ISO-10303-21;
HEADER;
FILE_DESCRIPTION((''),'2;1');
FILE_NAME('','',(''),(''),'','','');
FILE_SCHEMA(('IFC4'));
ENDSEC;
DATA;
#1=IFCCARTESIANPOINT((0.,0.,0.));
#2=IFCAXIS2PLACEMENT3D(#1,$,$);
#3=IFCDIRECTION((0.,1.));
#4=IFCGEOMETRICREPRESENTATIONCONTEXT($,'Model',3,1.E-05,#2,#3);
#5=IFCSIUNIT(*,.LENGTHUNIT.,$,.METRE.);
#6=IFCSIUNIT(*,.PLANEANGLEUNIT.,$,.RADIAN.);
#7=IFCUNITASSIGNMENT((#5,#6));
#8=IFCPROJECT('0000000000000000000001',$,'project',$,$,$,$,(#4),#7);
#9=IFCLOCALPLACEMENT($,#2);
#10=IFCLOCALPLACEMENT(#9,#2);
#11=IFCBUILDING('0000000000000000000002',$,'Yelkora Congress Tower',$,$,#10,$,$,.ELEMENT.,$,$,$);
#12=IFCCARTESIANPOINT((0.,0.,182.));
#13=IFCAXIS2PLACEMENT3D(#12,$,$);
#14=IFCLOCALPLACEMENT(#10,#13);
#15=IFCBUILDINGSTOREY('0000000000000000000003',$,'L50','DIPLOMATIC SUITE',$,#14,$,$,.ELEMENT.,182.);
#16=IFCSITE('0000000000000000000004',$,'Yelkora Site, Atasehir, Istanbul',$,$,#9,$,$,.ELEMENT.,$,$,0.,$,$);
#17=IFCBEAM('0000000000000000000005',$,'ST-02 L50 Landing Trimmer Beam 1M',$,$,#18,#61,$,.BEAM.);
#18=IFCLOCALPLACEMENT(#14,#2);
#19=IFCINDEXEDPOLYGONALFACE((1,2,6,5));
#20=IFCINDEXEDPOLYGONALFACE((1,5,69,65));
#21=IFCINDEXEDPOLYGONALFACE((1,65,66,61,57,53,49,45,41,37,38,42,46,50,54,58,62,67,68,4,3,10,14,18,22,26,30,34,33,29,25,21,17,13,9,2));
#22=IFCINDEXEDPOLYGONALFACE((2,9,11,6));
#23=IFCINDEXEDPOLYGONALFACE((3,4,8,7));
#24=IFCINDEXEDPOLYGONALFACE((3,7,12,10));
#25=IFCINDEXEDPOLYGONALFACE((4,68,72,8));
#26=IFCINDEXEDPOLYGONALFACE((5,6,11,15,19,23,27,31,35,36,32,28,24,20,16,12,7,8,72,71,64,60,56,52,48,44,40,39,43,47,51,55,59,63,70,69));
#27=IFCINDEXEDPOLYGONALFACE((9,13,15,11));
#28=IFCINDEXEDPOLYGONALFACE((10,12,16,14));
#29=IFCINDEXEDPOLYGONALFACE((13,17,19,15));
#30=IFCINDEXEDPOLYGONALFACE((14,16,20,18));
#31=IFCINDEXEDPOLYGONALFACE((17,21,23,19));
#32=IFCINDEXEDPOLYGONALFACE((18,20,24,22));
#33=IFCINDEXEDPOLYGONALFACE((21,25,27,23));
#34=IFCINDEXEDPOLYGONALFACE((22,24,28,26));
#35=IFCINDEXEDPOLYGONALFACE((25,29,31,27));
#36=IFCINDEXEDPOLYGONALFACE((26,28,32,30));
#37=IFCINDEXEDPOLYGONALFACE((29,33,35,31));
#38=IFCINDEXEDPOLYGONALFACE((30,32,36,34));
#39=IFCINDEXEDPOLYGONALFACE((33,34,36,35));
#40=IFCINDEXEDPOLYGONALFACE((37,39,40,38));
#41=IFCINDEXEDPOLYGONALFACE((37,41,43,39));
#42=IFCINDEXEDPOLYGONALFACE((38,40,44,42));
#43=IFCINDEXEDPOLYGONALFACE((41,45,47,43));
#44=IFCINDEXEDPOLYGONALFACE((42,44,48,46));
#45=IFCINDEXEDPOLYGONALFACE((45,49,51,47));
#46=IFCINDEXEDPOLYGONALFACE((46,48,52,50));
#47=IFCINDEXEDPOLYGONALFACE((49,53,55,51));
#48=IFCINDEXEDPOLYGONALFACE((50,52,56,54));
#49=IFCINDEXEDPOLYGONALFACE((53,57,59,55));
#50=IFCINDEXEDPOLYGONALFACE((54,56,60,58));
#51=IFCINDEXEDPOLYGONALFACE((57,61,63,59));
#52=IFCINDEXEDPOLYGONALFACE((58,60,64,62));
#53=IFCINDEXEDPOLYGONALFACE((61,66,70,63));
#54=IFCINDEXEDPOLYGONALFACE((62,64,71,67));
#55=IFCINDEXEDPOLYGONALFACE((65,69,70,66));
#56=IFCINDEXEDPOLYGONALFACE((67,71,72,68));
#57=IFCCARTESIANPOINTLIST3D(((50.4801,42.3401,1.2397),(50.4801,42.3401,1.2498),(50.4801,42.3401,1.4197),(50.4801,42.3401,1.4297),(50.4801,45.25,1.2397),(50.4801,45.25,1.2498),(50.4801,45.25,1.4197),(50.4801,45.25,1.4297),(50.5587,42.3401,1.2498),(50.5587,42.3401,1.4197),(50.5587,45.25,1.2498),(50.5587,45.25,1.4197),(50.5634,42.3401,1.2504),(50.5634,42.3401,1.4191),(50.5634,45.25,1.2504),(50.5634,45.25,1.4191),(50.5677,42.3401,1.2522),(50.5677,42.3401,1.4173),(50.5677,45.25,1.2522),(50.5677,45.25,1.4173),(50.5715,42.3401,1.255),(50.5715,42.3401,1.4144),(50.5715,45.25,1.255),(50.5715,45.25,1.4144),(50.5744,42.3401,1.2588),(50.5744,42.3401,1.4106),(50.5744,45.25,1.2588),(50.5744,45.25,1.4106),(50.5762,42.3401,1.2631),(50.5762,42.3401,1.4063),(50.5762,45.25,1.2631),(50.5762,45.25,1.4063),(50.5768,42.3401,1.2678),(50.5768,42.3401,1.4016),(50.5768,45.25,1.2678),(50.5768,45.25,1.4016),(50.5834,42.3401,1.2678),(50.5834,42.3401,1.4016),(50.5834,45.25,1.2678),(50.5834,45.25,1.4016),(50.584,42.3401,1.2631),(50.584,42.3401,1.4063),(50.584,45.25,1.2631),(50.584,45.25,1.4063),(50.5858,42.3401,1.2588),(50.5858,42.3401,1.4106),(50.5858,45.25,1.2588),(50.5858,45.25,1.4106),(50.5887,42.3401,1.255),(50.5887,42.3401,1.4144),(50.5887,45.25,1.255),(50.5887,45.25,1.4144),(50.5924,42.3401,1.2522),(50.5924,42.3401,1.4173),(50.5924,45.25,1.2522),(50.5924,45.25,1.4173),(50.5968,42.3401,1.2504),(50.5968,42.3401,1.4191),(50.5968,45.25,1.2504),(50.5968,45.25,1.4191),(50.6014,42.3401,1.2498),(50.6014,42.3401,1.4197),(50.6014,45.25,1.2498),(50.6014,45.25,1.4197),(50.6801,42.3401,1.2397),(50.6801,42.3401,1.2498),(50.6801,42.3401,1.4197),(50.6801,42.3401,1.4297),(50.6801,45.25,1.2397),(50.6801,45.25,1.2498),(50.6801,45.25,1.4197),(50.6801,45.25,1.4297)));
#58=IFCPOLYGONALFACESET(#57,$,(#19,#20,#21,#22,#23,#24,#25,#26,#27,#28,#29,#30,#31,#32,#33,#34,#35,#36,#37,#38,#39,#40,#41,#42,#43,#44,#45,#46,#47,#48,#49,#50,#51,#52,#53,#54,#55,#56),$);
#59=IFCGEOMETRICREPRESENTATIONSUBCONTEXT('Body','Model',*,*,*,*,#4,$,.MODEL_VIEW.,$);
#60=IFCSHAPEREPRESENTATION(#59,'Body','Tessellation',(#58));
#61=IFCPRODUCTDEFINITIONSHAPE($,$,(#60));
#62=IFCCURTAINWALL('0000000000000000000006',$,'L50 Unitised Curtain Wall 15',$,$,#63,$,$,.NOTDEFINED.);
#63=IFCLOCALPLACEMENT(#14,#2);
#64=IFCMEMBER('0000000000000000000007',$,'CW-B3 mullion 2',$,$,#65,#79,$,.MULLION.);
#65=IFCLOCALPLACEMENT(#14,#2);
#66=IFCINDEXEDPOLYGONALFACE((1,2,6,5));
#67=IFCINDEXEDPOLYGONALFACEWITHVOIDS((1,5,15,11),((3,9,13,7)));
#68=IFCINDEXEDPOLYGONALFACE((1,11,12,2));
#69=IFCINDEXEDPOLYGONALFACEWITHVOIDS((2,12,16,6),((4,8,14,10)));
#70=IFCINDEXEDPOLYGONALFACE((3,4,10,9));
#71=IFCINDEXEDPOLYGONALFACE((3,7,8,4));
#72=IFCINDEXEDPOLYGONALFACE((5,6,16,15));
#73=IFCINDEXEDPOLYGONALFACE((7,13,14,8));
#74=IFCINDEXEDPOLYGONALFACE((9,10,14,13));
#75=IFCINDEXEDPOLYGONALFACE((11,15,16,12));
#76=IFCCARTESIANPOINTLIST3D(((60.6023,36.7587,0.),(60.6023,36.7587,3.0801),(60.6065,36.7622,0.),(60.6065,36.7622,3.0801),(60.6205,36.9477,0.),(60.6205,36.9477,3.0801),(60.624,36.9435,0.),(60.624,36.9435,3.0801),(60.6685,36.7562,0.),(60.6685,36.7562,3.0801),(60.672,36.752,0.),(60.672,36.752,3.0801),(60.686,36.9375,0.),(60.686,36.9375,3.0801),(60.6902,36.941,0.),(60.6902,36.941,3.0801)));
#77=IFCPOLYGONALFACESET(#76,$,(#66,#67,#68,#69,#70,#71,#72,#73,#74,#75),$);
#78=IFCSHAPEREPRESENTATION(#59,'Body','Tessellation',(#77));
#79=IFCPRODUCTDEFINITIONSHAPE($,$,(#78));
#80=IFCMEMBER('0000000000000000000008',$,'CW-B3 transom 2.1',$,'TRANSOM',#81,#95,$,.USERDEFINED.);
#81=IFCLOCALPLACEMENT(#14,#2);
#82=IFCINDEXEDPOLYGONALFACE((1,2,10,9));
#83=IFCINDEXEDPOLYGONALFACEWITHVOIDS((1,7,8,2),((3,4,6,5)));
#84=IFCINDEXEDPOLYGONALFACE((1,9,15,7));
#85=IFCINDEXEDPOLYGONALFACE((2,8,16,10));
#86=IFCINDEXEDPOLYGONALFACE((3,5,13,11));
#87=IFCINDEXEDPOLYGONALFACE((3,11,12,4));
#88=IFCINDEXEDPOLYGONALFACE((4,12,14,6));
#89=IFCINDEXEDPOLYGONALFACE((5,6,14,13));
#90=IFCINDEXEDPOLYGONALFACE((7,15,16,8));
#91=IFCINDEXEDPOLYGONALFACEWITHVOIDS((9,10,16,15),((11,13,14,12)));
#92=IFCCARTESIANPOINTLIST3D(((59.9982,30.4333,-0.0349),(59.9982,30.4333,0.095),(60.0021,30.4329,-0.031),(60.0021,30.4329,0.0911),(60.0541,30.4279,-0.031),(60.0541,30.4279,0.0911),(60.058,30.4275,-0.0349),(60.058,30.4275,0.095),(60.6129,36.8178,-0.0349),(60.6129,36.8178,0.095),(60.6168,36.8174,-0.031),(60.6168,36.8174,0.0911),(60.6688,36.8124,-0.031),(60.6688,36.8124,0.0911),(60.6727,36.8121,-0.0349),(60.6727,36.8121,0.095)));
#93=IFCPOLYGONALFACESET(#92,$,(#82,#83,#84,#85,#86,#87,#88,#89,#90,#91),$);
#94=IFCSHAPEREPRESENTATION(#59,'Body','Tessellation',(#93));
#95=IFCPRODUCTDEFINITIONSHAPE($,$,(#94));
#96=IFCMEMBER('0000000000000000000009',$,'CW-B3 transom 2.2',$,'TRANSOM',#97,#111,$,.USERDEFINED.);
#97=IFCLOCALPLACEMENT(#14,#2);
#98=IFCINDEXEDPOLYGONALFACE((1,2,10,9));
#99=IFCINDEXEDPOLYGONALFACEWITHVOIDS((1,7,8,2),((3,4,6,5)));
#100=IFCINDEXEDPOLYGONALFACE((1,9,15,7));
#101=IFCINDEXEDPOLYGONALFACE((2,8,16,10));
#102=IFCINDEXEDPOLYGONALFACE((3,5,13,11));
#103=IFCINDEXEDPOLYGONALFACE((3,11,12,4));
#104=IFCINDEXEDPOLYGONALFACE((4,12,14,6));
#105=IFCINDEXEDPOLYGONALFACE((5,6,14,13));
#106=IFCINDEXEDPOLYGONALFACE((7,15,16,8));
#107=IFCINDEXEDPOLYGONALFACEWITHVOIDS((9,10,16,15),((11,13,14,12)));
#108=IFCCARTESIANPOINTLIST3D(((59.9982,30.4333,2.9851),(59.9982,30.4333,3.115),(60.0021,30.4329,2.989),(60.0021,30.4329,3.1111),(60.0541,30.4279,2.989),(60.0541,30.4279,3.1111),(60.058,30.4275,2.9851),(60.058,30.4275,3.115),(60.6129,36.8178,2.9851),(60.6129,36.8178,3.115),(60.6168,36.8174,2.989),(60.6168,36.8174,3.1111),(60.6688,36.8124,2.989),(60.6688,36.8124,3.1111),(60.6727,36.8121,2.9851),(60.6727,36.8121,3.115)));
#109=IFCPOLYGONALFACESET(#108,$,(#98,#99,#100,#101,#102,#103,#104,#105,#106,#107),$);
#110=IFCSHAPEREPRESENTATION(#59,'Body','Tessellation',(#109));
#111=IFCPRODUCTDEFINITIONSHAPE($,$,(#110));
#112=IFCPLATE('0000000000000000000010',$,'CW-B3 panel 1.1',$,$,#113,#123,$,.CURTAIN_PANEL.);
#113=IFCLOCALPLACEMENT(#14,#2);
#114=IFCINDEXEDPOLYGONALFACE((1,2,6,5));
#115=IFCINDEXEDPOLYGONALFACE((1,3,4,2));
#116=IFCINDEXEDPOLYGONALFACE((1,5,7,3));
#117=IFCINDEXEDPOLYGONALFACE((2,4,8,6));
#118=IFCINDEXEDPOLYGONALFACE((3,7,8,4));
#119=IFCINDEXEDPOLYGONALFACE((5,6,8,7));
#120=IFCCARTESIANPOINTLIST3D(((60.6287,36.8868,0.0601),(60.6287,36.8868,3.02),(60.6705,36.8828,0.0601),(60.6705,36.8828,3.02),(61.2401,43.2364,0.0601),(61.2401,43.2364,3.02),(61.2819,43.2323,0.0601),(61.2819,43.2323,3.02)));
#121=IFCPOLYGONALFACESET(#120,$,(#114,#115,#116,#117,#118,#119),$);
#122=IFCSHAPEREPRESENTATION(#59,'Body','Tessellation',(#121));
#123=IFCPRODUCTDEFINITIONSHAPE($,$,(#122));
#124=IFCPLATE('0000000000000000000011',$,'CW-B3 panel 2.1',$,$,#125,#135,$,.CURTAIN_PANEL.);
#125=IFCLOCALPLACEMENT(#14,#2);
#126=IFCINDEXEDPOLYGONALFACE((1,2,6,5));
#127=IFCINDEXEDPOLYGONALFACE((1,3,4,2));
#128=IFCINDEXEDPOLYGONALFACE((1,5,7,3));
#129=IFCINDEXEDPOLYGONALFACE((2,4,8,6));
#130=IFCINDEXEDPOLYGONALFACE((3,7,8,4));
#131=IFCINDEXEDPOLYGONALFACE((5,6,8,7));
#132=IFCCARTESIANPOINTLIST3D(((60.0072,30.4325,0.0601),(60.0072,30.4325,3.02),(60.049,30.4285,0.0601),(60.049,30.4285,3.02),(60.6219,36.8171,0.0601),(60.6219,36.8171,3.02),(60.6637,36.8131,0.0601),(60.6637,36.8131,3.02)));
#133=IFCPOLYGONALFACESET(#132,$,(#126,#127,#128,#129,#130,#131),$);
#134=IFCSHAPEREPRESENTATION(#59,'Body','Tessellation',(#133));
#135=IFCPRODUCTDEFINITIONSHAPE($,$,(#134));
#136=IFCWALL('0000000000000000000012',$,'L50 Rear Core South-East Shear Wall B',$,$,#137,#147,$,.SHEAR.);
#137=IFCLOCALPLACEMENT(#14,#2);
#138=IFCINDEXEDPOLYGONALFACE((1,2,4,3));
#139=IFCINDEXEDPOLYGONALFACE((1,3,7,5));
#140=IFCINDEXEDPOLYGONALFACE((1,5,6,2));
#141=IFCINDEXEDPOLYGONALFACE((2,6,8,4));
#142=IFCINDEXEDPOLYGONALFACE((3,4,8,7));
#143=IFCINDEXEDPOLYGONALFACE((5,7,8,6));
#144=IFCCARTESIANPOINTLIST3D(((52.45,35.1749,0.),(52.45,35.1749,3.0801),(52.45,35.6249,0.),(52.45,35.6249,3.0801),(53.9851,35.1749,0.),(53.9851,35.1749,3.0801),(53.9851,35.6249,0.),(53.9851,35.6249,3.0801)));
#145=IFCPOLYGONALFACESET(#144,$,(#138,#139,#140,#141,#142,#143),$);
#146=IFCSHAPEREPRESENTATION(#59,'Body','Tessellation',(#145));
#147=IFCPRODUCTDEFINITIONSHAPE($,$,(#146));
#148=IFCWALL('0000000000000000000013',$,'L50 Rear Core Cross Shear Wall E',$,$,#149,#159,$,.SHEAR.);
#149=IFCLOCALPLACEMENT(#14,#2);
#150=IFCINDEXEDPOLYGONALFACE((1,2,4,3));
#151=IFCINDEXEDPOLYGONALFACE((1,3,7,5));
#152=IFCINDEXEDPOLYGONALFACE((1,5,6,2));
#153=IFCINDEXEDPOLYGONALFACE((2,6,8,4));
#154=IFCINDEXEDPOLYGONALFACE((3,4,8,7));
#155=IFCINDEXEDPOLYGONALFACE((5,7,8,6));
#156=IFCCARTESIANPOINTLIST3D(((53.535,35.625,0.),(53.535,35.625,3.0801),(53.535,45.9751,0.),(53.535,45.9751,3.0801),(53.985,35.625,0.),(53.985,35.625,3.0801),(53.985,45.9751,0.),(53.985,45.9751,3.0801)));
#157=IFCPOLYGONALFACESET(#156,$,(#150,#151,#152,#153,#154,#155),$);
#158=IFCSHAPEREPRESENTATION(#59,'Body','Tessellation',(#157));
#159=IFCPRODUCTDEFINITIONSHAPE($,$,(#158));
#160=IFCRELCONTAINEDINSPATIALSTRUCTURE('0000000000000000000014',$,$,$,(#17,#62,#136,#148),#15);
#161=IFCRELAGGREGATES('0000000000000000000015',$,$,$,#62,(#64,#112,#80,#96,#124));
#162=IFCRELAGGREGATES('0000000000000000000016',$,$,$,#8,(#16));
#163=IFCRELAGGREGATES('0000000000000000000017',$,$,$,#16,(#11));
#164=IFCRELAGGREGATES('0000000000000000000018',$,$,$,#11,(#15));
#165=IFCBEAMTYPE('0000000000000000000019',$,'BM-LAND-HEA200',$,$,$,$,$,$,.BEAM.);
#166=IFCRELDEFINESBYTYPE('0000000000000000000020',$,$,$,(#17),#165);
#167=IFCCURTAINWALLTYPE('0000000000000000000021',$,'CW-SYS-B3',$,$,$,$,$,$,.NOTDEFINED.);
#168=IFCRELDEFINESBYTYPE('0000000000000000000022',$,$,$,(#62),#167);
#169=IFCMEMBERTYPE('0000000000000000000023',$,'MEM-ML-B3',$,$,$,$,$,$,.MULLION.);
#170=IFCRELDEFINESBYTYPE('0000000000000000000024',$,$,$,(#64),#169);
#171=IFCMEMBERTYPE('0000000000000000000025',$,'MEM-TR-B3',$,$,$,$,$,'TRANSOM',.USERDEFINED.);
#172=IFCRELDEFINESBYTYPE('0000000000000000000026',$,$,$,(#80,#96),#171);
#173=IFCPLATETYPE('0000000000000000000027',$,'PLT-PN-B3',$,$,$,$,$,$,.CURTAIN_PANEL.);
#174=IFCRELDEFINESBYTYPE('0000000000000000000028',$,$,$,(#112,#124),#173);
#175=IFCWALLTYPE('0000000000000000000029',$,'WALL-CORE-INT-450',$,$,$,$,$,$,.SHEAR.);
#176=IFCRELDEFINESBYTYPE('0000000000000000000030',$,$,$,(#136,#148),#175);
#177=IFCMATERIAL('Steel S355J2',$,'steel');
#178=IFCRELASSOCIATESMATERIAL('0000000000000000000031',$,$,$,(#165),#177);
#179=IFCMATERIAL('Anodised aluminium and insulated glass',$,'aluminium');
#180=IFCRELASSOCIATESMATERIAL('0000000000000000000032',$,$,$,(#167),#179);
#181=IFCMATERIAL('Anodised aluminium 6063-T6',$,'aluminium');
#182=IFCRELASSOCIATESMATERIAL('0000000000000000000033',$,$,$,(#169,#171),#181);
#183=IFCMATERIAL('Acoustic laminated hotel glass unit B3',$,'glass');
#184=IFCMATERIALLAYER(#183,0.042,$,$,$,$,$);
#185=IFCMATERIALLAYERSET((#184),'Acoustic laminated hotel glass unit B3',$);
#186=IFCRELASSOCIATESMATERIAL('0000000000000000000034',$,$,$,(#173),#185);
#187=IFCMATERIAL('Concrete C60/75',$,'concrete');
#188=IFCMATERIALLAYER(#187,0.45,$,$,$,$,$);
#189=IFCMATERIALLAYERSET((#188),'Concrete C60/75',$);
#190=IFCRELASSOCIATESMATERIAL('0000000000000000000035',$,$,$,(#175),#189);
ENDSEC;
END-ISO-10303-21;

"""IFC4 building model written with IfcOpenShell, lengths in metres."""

from ifc_helpers import new_model, si_unit, direction, frame, frame_2d, origin, origin_2d, place, context, subcontext, project, spatial, rectangle, hollow_rectangle, i_section, extrude, material, layer, layer_set, material_profile, profile_set, type_object, element, aggregate, save


model = new_model("IFC4")

# Units and contexts
model_context = context("Model", 3, precision=1e-05, world=origin(), true_north=direction((0.0, 1.0)))
body_context = subcontext(model_context, "Body", "Model", "MODEL_VIEW")
ifc_project = project(units=[si_unit("LENGTHUNIT", "METRE"), si_unit("PLANEANGLEUNIT", "RADIAN")], contexts=[model_context])

# Site, building, storey
site_placement = place(None, origin())
site = spatial("IfcSite", under=ifc_project, at=site_placement, Name="Yelkora Site, Atasehir, Istanbul", CompositionType="ELEMENT", RefElevation=0.0)
building_placement = place(site_placement, origin())
building = spatial("IfcBuilding", under=site, at=building_placement, Name="Yelkora Congress Tower", CompositionType="ELEMENT")
storey_placement = place(building_placement, frame((0.0, 0.0, 182.0)))
storey = spatial("IfcBuildingStorey", under=building, at=storey_placement, Name="L50", Description="DIPLOMATIC SUITE", CompositionType="ELEMENT", Elevation=182.0)

# Beam
ifc_material_1 = material(Name="Steel S355J2", Category="steel")
ifc_material_profile_1 = material_profile(ifc_material_1, i_section(OverallWidth=0.2, OverallDepth=0.1899, WebThickness=0.0066, FlangeThickness=0.01, FilletRadius=0.0181, at=origin_2d()), Name="HEA 200")
ifc_profile_set_1 = profile_set([ifc_material_profile_1], Name="Steel S355J2")
beam_type_1 = type_object("IfcBeamType", Name="BM-LAND-HEA200", PredefinedType="BEAM", material=ifc_profile_set_1)
beam_1_placement = place(storey_placement, frame((50.5801, 42.3401, 1.3347), z_axis=(0.0, 1.0, 0.0), x_axis=(-1.0, 0.0, 0.0)))
element("IfcBeam", 1, at=beam_1_placement, inside=storey, type_object=beam_type_1, Name="ST-02 L50 Landing Trimmer Beam 1M", PredefinedType="BEAM", context=body_context, shape_type="SweptSolid", body=[
    extrude(i_section(OverallWidth=0.2, OverallDepth=0.1899, WebThickness=0.0066, FlangeThickness=0.01, FilletRadius=0.0181, at=origin_2d()), origin(), (0.0, 0.0, 1.0), 2.9099),
])

# Curtain wall, members, plates
ifc_material_2 = material(Name="Anodised aluminium and insulated glass", Category="aluminium")
curtain_wall_type = type_object("IfcCurtainWallType", Name="CW-SYS-B3", PredefinedType="NOTDEFINED", material=ifc_material_2)
curtain_wall_placement = place(storey_placement, origin())
curtain_wall = element("IfcCurtainWall", 2, at=curtain_wall_placement, inside=storey, type_object=curtain_wall_type, Name="L50 Unitised Curtain Wall 15", PredefinedType="NOTDEFINED")
ifc_material_3 = material(Name="Anodised aluminium 6063-T6", Category="aluminium")
ifc_material_profile_2 = material_profile(ifc_material_3, hollow_rectangle(XDim=0.0701, YDim=0.1899, WallThickness=0.0039, at=origin_2d()), Name="ALU 70x190x4")
ifc_profile_set_2 = profile_set([ifc_material_profile_2], Name="Anodised aluminium 6063-T6")
member_type_1 = type_object("IfcMemberType", Name="MEM-ML-B3", PredefinedType="MULLION", material=ifc_profile_set_2)
member_1_placement = place(storey_placement, frame((60.6462, 36.8499, 0.0), z_axis=(0.0, 0.0, 1.0), x_axis=(0.995397, -0.095842, 0.0)))
member_1 = element("IfcMember", 3, at=member_1_placement, type_object=member_type_1, Name="CW-B3 mullion 2", PredefinedType="MULLION", context=body_context, shape_type="SweptSolid", body=[
    extrude(hollow_rectangle(XDim=0.0701, YDim=0.1899, WallThickness=0.0039, at=origin_2d()), origin(), (0.0, 0.0, 1.0), 3.0801),
])
ifc_material_profile_3 = material_profile(ifc_material_3, hollow_rectangle(XDim=0.0601, YDim=0.1299, WallThickness=0.0039, at=origin_2d()), Name="ALU 60x130x4")
ifc_profile_set_3 = profile_set([ifc_material_profile_3], Name="Anodised aluminium 6063-T6")
member_type_2 = type_object("IfcMemberType", Name="MEM-TR-B3", ElementType="TRANSOM", PredefinedType="USERDEFINED", material=ifc_profile_set_3)
member_2_placement = place(storey_placement, frame((60.6428, 36.8149, 0.03), z_axis=(-0.095844, -0.995396, 0.0), x_axis=(0.995396, -0.095844, 0.0)))
member_2 = element("IfcMember", 4, at=member_2_placement, type_object=member_type_2, Name="CW-B3 transom 2.1", ObjectType="TRANSOM", PredefinedType="USERDEFINED", context=body_context, shape_type="SweptSolid", body=[
    extrude(hollow_rectangle(XDim=0.0601, YDim=0.1299, WallThickness=0.0039, at=origin_2d()), origin(), (0.0, 0.0, 1.0), 6.4141),
])
member_3_placement = place(storey_placement, frame((60.6428, 36.8149, 3.05), z_axis=(-0.095844, -0.995396, 0.0), x_axis=(0.995396, -0.095844, 0.0)))
member_3 = element("IfcMember", 5, at=member_3_placement, type_object=member_type_2, Name="CW-B3 transom 2.2", ObjectType="TRANSOM", PredefinedType="USERDEFINED", context=body_context, shape_type="SweptSolid", body=[
    extrude(hollow_rectangle(XDim=0.0601, YDim=0.1299, WallThickness=0.0039, at=origin_2d()), origin(), (0.0, 0.0, 1.0), 6.4141),
])
ifc_material_4 = material(Name="Acoustic laminated hotel glass unit B3", Category="glass")
ifc_layer_1 = layer(ifc_material_4, 0.042)
ifc_layer_set_1 = layer_set([ifc_layer_1], Name="Acoustic laminated hotel glass unit B3")
plate_type = type_object("IfcPlateType", Name="PLT-PN-B3", PredefinedType="CURTAIN_PANEL", material=ifc_layer_set_1)
plate_1_placement = place(storey_placement, frame((60.9553, 40.0596, 0.0601), z_axis=(0.0, 0.0, 1.0), x_axis=(-0.095842, -0.995397, 0.0)))
plate_1 = element("IfcPlate", 6, at=plate_1_placement, type_object=plate_type, Name="CW-B3 panel 1.1", PredefinedType="CURTAIN_PANEL", context=body_context, shape_type="SweptSolid", body=[
    extrude(rectangle(XDim=6.3789, YDim=0.042, at=origin_2d()), origin(), (0.0, 0.0, 1.0), 2.96),
])
plate_2_placement = place(storey_placement, frame((60.3354, 33.6228, 0.0601), z_axis=(0.0, 0.0, 1.0), x_axis=(-0.095842, -0.995397, 0.0)))
plate_2 = element("IfcPlate", 7, at=plate_2_placement, type_object=plate_type, Name="CW-B3 panel 2.1", PredefinedType="CURTAIN_PANEL", context=body_context, shape_type="SweptSolid", body=[
    extrude(rectangle(XDim=6.4141, YDim=0.042, at=origin_2d()), origin(), (0.0, 0.0, 1.0), 2.96),
])
aggregate(curtain_wall, [member_1, plate_1, member_2, member_3, plate_2])

# Walls
ifc_material_5 = material(Name="Concrete C60/75", Category="concrete")
ifc_layer_2 = layer(ifc_material_5, 0.45)
ifc_layer_set_2 = layer_set([ifc_layer_2], Name="Concrete C60/75")
wall_type = type_object("IfcWallType", Name="WALL-CORE-INT-450", PredefinedType="SHEAR", material=ifc_layer_set_2)
wall_1_placement = place(storey_placement, frame((52.45, 35.3999, 0.0), z_axis=(0.0, 0.0, 1.0), x_axis=(1.0, 0.0, 0.0)))
element("IfcWall", 8, at=wall_1_placement, inside=storey, type_object=wall_type, Name="L50 Rear Core South-East Shear Wall B", PredefinedType="SHEAR", context=body_context, shape_type="SweptSolid", body=[
    extrude(rectangle(XDim=1.5352, YDim=0.45, at=frame_2d((0.7676, 0.0))), origin(), (0.0, 0.0, 1.0), 3.0801),
])
wall_2_placement = place(storey_placement, frame((53.76, 35.625, 0.0), z_axis=(0.0, 0.0, 1.0), x_axis=(0.0, 1.0, 0.0)))
element("IfcWall", 9, at=wall_2_placement, inside=storey, type_object=wall_type, Name="L50 Rear Core Cross Shear Wall E", PredefinedType="SHEAR", context=body_context, shape_type="SweptSolid", body=[
    extrude(rectangle(XDim=10.3501, YDim=0.45, at=frame_2d((5.175, 0.0))), origin(), (0.0, 0.0, 1.0), 3.0801),
])

save(model, "model.ifc")
